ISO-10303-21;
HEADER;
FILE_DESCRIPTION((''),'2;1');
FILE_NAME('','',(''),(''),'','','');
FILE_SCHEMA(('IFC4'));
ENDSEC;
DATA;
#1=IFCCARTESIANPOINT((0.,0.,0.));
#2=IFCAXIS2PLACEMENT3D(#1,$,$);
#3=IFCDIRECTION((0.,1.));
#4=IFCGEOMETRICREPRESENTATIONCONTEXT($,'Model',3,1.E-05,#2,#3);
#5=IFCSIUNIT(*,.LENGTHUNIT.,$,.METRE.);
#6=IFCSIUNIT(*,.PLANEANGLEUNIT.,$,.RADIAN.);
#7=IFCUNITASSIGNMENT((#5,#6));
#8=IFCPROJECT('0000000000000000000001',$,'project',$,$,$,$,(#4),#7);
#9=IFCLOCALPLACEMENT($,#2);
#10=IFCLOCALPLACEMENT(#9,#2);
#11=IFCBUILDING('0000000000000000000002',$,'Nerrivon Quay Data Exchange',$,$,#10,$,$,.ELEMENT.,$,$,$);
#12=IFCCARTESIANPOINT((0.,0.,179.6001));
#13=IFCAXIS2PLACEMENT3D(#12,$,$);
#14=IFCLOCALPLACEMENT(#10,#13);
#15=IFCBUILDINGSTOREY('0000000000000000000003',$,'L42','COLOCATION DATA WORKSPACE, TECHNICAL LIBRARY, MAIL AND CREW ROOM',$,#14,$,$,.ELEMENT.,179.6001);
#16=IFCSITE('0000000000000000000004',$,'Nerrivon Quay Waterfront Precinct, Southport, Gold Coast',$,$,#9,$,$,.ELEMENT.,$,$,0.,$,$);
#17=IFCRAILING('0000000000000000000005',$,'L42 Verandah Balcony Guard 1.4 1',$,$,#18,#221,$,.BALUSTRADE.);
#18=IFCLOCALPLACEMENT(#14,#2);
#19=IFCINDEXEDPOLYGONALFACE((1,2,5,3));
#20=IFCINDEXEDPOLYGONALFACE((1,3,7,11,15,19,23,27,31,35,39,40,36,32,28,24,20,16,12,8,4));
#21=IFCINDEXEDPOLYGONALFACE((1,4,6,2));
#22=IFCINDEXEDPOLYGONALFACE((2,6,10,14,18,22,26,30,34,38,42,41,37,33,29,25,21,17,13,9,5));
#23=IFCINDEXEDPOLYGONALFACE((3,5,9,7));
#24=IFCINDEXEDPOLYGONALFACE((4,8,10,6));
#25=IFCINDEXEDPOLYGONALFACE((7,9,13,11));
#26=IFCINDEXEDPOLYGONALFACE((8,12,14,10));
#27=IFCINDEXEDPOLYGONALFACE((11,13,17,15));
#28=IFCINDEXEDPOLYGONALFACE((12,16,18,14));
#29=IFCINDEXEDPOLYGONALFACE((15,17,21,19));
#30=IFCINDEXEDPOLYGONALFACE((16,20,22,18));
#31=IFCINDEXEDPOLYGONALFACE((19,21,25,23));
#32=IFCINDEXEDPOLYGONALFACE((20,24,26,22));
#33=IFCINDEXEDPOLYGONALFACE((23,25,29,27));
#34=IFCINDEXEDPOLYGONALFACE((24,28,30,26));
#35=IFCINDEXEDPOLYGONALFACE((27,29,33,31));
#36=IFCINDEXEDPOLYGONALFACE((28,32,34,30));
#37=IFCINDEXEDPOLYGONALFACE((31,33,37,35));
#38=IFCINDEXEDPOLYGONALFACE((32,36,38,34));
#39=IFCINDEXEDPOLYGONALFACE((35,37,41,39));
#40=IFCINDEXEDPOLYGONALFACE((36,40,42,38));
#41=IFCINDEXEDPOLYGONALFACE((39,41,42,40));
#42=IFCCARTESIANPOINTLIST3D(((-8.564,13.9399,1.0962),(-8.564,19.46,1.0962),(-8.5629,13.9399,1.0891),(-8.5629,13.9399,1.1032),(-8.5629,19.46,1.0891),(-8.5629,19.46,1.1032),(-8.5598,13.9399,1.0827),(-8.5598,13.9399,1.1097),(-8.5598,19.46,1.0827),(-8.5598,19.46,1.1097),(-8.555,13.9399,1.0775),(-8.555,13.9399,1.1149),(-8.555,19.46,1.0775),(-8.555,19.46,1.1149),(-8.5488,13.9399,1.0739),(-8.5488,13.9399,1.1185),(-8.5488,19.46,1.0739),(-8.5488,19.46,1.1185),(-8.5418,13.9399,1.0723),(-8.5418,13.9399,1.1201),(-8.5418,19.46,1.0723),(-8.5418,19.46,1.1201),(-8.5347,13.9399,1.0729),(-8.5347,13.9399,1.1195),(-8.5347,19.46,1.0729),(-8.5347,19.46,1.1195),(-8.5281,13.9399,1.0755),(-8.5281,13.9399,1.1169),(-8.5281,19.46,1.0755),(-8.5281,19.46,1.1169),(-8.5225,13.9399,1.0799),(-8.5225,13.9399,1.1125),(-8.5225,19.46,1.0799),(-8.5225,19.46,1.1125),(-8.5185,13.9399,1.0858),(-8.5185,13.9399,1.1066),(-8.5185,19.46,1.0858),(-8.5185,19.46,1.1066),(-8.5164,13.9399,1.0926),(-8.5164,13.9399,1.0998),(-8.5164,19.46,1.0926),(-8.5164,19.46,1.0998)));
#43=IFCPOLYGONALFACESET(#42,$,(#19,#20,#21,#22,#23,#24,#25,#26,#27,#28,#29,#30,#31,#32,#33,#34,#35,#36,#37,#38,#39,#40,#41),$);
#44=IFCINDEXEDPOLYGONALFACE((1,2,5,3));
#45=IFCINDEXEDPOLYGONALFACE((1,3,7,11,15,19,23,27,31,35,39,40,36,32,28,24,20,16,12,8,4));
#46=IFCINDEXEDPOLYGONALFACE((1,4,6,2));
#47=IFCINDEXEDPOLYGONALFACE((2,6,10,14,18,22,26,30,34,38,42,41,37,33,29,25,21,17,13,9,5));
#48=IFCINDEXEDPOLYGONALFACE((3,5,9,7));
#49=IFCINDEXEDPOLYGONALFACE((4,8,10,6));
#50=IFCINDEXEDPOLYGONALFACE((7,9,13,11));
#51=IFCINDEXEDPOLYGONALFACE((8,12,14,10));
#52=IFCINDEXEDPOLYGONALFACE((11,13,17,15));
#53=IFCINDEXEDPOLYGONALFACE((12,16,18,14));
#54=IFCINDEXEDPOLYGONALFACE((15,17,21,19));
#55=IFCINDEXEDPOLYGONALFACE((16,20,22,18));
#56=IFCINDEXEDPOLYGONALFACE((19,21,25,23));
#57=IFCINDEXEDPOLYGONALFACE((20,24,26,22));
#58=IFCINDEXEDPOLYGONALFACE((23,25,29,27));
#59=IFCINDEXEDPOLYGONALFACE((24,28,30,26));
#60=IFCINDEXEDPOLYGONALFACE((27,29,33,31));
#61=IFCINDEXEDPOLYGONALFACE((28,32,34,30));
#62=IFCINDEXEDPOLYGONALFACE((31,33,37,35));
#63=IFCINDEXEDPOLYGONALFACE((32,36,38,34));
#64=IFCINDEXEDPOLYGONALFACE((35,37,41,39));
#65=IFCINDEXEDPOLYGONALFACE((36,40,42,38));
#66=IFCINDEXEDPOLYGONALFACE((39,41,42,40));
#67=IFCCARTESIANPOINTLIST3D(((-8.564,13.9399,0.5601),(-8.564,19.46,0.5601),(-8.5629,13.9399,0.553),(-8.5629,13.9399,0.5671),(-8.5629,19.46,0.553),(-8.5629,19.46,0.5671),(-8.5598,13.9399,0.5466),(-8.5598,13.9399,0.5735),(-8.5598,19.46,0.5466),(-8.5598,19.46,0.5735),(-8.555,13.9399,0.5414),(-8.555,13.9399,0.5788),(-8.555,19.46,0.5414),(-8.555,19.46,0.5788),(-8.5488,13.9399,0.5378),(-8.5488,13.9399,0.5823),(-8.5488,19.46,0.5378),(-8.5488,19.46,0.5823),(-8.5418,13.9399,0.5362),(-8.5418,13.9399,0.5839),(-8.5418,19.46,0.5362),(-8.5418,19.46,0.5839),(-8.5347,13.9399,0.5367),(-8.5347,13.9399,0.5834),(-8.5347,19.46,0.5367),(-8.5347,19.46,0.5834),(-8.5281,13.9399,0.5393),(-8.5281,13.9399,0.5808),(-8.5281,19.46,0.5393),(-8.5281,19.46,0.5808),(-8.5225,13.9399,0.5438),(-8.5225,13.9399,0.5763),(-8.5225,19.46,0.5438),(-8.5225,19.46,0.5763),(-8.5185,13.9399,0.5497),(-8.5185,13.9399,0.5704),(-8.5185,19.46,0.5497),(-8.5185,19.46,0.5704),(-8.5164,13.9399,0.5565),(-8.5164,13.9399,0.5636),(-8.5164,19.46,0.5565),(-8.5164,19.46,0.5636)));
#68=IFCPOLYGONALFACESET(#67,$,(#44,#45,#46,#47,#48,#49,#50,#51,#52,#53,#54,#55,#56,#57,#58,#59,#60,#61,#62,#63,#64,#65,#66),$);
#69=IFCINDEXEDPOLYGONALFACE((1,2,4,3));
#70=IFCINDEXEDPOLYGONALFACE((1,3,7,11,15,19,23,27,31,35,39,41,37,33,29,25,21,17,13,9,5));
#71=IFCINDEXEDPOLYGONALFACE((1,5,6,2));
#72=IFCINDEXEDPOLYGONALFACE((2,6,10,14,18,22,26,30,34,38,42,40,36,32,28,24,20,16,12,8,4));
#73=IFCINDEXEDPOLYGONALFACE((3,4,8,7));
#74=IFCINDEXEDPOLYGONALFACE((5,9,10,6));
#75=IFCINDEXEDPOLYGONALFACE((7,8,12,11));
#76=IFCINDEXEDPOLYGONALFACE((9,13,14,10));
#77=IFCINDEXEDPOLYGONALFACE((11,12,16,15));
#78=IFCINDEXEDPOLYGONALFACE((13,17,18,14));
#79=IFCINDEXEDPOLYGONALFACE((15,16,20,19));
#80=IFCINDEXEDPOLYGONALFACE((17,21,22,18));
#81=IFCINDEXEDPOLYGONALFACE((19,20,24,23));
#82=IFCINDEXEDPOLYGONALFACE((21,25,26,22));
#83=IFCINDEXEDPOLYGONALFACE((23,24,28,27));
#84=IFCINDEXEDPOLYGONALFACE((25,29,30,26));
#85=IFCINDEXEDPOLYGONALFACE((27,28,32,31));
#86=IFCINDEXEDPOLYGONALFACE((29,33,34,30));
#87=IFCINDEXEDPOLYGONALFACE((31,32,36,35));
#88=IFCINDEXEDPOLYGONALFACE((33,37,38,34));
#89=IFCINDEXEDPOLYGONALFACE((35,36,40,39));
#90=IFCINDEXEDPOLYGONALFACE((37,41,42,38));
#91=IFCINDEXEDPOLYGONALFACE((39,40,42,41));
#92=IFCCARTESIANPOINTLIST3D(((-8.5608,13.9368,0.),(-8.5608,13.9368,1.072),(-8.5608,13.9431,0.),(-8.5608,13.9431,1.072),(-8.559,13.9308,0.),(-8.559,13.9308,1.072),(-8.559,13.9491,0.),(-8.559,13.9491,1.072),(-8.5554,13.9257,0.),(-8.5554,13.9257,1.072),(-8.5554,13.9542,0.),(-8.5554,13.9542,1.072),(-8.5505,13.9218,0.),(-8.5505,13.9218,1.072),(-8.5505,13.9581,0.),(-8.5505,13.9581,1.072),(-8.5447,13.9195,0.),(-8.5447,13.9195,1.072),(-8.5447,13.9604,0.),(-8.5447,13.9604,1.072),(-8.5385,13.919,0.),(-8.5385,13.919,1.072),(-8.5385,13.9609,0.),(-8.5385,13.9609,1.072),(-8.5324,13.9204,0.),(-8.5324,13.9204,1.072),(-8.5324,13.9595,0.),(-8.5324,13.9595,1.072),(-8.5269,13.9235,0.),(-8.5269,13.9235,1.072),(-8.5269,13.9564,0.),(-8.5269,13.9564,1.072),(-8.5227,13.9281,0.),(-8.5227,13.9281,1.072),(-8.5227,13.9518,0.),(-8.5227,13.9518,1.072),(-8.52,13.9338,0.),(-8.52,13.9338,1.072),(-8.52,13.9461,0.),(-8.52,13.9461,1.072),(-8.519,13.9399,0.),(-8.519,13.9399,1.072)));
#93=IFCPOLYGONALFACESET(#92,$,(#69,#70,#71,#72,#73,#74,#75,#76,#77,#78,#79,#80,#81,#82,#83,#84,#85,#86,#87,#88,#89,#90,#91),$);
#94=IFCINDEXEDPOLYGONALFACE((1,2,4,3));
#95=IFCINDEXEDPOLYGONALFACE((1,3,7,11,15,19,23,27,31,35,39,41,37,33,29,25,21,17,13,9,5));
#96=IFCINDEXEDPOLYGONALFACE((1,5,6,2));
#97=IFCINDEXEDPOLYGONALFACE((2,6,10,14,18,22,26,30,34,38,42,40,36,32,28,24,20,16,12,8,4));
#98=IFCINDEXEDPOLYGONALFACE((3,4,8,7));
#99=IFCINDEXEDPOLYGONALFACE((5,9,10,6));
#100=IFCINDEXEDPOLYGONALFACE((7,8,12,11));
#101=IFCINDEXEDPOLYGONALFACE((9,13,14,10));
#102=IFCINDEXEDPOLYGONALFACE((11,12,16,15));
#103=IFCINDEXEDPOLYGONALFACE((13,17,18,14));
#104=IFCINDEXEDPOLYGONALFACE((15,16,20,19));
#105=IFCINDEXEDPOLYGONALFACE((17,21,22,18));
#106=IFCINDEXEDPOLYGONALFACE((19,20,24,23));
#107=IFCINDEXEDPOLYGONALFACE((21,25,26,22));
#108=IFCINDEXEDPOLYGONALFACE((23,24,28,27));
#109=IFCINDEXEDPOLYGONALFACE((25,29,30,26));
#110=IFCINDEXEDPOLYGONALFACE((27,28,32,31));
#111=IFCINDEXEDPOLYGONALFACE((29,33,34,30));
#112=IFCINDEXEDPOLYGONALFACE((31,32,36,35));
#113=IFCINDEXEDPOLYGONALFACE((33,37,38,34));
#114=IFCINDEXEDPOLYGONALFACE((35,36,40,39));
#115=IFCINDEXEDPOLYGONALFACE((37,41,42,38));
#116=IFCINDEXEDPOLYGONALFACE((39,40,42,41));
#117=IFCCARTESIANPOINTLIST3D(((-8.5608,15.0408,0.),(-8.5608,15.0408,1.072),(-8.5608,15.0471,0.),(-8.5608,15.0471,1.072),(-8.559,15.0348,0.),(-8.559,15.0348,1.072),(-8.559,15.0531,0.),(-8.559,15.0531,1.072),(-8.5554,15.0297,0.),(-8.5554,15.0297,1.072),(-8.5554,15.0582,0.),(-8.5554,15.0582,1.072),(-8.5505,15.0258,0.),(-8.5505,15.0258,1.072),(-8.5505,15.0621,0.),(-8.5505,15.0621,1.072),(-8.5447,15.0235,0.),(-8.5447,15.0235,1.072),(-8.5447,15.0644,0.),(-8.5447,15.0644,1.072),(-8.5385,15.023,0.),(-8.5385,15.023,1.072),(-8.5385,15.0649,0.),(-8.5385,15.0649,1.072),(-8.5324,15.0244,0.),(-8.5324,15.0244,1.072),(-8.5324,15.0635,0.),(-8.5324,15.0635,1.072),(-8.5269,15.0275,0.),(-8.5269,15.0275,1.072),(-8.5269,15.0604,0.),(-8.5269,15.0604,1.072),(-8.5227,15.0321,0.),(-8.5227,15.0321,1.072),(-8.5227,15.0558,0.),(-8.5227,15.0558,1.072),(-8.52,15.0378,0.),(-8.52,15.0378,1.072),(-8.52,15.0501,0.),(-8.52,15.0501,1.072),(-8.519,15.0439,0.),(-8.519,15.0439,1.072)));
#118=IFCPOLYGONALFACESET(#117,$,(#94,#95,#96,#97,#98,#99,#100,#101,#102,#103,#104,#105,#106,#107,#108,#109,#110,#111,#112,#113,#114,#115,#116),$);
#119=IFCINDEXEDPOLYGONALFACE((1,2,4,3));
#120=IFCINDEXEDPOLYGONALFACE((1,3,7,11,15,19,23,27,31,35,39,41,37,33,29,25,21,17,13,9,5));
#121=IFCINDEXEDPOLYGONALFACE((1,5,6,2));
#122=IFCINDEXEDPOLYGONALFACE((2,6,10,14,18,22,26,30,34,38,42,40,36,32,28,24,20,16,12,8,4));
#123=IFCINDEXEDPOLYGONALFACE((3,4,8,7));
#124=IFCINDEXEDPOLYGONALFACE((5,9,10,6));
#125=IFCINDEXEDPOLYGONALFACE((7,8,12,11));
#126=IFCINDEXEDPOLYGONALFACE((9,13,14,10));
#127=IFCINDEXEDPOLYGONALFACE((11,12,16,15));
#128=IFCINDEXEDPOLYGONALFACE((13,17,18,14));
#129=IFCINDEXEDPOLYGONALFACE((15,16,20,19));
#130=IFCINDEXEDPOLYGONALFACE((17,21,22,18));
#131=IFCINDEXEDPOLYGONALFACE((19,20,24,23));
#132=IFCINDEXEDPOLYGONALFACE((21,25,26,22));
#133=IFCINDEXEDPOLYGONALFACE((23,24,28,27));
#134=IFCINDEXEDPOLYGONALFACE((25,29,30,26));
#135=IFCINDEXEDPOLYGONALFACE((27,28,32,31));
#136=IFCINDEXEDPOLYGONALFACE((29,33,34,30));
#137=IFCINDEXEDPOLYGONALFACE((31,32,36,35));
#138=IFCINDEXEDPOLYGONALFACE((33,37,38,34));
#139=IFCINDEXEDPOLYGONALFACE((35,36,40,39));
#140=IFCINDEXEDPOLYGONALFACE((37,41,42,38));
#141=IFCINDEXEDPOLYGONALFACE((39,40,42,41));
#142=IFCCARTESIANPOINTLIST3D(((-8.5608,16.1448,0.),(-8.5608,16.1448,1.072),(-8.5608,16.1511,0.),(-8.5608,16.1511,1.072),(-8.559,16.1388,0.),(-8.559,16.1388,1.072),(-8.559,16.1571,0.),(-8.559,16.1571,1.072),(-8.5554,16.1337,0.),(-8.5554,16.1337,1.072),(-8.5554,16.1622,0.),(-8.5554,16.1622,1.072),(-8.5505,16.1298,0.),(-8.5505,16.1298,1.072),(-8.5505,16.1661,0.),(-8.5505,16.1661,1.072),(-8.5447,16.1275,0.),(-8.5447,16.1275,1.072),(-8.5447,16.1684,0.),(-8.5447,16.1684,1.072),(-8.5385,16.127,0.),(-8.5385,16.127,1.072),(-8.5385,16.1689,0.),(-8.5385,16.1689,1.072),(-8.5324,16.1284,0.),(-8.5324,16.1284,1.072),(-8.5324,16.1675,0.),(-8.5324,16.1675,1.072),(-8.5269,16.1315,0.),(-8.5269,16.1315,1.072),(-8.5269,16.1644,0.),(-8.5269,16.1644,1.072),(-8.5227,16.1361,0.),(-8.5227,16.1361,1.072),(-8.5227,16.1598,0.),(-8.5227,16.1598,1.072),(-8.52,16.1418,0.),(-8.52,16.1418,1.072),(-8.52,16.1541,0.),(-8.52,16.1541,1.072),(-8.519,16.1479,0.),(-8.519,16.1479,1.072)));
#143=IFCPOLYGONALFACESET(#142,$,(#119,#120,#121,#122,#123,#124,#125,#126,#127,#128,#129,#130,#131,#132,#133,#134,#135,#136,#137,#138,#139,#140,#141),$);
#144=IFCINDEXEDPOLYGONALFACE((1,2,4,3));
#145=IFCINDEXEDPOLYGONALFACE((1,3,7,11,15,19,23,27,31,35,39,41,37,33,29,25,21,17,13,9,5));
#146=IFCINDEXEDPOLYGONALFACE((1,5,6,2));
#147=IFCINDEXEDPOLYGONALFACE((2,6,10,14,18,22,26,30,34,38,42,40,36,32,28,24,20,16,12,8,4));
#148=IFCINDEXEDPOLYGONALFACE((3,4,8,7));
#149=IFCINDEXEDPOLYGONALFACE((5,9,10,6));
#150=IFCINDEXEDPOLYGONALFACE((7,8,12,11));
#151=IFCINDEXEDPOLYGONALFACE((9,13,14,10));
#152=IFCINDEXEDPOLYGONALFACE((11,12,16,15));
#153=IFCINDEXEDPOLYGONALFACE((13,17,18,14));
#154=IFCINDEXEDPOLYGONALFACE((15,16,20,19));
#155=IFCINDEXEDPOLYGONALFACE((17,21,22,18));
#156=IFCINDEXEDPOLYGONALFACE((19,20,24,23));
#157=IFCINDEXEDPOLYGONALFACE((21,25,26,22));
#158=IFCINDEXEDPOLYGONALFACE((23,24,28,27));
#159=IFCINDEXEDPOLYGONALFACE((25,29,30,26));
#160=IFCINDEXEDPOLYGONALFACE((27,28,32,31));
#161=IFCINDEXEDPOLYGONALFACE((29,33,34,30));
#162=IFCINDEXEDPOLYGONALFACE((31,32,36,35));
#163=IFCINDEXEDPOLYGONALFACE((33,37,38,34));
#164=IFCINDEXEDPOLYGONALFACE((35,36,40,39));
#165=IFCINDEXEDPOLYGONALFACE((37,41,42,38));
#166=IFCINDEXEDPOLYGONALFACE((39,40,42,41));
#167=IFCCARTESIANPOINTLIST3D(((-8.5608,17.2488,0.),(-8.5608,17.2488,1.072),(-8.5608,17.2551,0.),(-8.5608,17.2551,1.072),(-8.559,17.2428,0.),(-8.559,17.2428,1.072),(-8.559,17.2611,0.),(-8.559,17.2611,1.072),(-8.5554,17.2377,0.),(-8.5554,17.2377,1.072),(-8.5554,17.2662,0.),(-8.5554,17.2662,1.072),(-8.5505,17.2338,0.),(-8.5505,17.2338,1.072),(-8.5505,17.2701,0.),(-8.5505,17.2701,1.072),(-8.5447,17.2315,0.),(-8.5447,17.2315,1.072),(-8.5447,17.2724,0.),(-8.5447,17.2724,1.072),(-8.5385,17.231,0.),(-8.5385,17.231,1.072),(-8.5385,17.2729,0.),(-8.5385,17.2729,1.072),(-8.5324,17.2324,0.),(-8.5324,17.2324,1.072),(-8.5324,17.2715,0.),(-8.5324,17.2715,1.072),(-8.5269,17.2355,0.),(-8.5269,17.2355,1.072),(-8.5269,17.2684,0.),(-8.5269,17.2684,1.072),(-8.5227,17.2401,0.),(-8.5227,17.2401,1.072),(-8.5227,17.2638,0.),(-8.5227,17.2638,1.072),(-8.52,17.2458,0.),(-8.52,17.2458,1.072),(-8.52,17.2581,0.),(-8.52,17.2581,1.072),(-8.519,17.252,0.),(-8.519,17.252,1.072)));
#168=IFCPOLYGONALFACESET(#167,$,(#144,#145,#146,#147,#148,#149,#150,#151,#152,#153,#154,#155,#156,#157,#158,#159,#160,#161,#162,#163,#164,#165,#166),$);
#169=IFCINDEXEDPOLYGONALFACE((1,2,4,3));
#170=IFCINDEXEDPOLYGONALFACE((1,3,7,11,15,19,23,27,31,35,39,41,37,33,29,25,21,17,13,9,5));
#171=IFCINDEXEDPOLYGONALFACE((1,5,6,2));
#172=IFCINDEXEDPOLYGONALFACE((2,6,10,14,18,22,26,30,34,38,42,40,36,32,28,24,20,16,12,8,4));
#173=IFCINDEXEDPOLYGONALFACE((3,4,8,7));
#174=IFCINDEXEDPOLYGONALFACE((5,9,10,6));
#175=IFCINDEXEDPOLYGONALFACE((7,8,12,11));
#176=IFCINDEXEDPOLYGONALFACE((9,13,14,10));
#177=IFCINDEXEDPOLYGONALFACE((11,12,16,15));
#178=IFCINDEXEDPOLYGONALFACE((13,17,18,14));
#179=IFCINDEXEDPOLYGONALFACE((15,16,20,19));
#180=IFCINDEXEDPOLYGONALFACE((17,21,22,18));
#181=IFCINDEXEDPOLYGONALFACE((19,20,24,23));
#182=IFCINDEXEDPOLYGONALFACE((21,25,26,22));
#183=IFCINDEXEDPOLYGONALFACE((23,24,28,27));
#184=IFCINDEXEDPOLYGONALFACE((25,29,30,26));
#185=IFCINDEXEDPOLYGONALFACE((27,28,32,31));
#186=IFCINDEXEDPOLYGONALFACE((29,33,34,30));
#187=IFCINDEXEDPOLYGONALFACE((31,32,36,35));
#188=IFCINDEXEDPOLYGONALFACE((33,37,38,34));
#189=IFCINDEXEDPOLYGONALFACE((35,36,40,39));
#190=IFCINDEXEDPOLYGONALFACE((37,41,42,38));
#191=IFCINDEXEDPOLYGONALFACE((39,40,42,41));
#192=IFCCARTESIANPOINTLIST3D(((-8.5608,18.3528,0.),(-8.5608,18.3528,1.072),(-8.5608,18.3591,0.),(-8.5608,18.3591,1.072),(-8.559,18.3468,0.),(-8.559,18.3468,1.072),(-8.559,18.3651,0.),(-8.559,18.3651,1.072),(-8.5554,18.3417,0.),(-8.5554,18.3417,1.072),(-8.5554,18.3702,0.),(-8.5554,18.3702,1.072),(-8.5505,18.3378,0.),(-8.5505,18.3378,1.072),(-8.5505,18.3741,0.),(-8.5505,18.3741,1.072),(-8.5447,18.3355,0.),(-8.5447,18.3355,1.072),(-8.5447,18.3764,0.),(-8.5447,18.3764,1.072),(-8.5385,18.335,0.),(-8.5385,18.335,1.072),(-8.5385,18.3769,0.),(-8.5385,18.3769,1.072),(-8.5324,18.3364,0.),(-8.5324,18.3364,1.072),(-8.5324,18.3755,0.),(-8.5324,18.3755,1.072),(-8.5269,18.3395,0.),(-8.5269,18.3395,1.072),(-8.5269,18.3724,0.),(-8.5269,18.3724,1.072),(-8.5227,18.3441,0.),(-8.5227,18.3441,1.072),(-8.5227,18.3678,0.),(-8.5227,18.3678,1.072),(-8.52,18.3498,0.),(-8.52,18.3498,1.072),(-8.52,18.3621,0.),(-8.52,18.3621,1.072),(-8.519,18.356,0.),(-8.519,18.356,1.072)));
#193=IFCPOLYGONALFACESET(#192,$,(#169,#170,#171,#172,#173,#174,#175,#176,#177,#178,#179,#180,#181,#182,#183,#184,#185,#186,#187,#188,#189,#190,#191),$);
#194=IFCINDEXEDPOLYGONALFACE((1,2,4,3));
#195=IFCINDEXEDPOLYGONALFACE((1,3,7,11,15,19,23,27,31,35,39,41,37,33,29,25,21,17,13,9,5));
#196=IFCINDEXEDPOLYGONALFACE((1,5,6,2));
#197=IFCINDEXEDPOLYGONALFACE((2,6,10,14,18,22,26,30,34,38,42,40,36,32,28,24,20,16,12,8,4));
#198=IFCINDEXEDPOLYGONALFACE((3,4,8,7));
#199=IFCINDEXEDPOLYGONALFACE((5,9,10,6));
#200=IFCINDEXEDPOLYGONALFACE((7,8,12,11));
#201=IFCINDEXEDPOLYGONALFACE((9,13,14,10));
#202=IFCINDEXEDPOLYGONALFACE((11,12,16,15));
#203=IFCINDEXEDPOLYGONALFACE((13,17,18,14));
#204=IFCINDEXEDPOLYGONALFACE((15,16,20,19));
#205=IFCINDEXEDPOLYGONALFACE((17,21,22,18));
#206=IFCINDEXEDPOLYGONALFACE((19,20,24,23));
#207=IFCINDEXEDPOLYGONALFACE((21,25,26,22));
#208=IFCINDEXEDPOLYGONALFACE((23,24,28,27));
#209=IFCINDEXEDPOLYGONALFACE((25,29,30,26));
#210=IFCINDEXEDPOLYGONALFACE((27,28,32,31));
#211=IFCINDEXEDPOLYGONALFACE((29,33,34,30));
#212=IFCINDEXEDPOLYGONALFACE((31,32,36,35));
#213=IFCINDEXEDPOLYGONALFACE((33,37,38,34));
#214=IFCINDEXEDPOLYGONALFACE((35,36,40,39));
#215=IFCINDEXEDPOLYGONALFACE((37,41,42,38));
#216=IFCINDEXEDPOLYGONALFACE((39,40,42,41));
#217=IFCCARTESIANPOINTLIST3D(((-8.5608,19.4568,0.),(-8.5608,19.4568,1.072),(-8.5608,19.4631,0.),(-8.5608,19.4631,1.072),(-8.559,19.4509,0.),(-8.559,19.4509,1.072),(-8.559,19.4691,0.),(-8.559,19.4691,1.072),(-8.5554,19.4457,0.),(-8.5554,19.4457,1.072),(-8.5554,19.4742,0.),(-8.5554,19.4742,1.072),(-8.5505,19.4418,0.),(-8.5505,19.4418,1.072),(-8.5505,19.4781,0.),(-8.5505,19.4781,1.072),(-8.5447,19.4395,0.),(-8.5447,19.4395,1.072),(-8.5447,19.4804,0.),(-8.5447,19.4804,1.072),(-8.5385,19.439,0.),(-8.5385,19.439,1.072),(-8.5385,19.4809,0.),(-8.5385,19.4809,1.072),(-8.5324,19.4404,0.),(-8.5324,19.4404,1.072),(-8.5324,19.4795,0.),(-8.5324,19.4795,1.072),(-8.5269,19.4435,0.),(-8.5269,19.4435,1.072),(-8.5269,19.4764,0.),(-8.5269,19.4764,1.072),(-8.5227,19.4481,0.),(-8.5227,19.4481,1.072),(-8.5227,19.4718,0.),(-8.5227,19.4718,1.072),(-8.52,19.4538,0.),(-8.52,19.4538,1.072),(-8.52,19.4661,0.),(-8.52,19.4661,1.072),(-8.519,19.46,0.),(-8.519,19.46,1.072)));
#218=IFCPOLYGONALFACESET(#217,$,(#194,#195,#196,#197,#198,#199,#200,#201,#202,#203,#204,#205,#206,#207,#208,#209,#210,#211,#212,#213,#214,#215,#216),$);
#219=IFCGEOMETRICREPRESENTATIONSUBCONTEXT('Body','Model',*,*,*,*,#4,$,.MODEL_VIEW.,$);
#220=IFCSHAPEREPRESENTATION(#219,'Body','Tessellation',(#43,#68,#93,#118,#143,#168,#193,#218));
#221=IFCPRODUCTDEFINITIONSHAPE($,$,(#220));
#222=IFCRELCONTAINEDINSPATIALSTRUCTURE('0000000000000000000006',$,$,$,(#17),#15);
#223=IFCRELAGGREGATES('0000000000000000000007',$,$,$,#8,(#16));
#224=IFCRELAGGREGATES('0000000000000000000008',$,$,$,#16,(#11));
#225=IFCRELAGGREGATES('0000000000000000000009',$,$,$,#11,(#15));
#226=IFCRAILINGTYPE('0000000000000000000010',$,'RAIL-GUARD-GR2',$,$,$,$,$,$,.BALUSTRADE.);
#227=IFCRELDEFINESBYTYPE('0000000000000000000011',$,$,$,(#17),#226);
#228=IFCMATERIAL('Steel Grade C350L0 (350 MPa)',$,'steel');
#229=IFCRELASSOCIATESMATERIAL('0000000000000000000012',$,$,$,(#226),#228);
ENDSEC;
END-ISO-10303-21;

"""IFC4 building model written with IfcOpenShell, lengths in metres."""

from ifc_helpers import new_model, si_unit, direction, frame, origin, origin_2d, place, context, subcontext, project, spatial, circle, extrude, material, type_object, element, save


model = new_model("IFC4")

# Units and contexts
model_context = context("Model", 3, precision=1e-05, world=origin(), true_north=direction((0.0, 1.0)))
body_context = subcontext(model_context, "Body", "Model", "MODEL_VIEW")
ifc_project = project(units=[si_unit("LENGTHUNIT", "METRE"), si_unit("PLANEANGLEUNIT", "RADIAN")], contexts=[model_context])

# Site, building, storey
site_placement = place(None, origin())
site = spatial("IfcSite", under=ifc_project, at=site_placement, Name="Nerrivon Quay Waterfront Precinct, Southport, Gold Coast", CompositionType="ELEMENT", RefElevation=0.0)
building_placement = place(site_placement, origin())
building = spatial("IfcBuilding", under=site, at=building_placement, Name="Nerrivon Quay Data Exchange", CompositionType="ELEMENT")
storey_placement = place(building_placement, frame((0.0, 0.0, 179.6001)))
storey = spatial("IfcBuildingStorey", under=building, at=storey_placement, Name="L42", Description="COLOCATION DATA WORKSPACE, TECHNICAL LIBRARY, MAIL AND CREW ROOM", CompositionType="ELEMENT", Elevation=179.6001)

# Railing
ifc_material_1 = material(Name="Steel Grade C350L0 (350 MPa)", Category="steel")
railing_type = type_object("IfcRailingType", Name="RAIL-GUARD-GR2", PredefinedType="BALUSTRADE", material=ifc_material_1)
railing_1_placement = place(storey_placement, frame((-8.54, 13.9399, 0.0)))
element("IfcRailing", 1, at=railing_1_placement, inside=storey, type_object=railing_type, Name="L42 Verandah Balcony Guard 1.4 1", PredefinedType="BALUSTRADE", context=body_context, shape_type="SweptSolid", body=[
    extrude(circle(Radius=0.0239, at=origin_2d()), frame((0.0, 0.0, 1.0962), z_axis=(0.0, 1.0, 0.0), x_axis=(-1.0, 0.0, 0.0)), (0.0, 0.0, 1.0), 5.52),
    extrude(circle(Radius=0.0239, at=origin_2d()), frame((0.0, 0.0, 0.5601), z_axis=(0.0, 1.0, 0.0), x_axis=(-1.0, 0.0, 0.0)), (0.0, 0.0, 1.0), 5.52),
    extrude(circle(Radius=0.021, at=origin_2d()), origin(), (0.0, 0.0, 1.0), 1.072),
    extrude(circle(Radius=0.021, at=origin_2d()), frame((0.0, 1.104, 0.0)), (0.0, 0.0, 1.0), 1.072),
    extrude(circle(Radius=0.021, at=origin_2d()), frame((0.0, 2.208, 0.0)), (0.0, 0.0, 1.0), 1.072),
    extrude(circle(Radius=0.021, at=origin_2d()), frame((0.0, 3.312, 0.0)), (0.0, 0.0, 1.0), 1.072),
    extrude(circle(Radius=0.021, at=origin_2d()), frame((0.0, 4.416, 0.0)), (0.0, 0.0, 1.0), 1.072),
    extrude(circle(Radius=0.021, at=origin_2d()), frame((0.0, 5.52, 0.0)), (0.0, 0.0, 1.0), 1.072),
])

save(model, "model.ifc")
